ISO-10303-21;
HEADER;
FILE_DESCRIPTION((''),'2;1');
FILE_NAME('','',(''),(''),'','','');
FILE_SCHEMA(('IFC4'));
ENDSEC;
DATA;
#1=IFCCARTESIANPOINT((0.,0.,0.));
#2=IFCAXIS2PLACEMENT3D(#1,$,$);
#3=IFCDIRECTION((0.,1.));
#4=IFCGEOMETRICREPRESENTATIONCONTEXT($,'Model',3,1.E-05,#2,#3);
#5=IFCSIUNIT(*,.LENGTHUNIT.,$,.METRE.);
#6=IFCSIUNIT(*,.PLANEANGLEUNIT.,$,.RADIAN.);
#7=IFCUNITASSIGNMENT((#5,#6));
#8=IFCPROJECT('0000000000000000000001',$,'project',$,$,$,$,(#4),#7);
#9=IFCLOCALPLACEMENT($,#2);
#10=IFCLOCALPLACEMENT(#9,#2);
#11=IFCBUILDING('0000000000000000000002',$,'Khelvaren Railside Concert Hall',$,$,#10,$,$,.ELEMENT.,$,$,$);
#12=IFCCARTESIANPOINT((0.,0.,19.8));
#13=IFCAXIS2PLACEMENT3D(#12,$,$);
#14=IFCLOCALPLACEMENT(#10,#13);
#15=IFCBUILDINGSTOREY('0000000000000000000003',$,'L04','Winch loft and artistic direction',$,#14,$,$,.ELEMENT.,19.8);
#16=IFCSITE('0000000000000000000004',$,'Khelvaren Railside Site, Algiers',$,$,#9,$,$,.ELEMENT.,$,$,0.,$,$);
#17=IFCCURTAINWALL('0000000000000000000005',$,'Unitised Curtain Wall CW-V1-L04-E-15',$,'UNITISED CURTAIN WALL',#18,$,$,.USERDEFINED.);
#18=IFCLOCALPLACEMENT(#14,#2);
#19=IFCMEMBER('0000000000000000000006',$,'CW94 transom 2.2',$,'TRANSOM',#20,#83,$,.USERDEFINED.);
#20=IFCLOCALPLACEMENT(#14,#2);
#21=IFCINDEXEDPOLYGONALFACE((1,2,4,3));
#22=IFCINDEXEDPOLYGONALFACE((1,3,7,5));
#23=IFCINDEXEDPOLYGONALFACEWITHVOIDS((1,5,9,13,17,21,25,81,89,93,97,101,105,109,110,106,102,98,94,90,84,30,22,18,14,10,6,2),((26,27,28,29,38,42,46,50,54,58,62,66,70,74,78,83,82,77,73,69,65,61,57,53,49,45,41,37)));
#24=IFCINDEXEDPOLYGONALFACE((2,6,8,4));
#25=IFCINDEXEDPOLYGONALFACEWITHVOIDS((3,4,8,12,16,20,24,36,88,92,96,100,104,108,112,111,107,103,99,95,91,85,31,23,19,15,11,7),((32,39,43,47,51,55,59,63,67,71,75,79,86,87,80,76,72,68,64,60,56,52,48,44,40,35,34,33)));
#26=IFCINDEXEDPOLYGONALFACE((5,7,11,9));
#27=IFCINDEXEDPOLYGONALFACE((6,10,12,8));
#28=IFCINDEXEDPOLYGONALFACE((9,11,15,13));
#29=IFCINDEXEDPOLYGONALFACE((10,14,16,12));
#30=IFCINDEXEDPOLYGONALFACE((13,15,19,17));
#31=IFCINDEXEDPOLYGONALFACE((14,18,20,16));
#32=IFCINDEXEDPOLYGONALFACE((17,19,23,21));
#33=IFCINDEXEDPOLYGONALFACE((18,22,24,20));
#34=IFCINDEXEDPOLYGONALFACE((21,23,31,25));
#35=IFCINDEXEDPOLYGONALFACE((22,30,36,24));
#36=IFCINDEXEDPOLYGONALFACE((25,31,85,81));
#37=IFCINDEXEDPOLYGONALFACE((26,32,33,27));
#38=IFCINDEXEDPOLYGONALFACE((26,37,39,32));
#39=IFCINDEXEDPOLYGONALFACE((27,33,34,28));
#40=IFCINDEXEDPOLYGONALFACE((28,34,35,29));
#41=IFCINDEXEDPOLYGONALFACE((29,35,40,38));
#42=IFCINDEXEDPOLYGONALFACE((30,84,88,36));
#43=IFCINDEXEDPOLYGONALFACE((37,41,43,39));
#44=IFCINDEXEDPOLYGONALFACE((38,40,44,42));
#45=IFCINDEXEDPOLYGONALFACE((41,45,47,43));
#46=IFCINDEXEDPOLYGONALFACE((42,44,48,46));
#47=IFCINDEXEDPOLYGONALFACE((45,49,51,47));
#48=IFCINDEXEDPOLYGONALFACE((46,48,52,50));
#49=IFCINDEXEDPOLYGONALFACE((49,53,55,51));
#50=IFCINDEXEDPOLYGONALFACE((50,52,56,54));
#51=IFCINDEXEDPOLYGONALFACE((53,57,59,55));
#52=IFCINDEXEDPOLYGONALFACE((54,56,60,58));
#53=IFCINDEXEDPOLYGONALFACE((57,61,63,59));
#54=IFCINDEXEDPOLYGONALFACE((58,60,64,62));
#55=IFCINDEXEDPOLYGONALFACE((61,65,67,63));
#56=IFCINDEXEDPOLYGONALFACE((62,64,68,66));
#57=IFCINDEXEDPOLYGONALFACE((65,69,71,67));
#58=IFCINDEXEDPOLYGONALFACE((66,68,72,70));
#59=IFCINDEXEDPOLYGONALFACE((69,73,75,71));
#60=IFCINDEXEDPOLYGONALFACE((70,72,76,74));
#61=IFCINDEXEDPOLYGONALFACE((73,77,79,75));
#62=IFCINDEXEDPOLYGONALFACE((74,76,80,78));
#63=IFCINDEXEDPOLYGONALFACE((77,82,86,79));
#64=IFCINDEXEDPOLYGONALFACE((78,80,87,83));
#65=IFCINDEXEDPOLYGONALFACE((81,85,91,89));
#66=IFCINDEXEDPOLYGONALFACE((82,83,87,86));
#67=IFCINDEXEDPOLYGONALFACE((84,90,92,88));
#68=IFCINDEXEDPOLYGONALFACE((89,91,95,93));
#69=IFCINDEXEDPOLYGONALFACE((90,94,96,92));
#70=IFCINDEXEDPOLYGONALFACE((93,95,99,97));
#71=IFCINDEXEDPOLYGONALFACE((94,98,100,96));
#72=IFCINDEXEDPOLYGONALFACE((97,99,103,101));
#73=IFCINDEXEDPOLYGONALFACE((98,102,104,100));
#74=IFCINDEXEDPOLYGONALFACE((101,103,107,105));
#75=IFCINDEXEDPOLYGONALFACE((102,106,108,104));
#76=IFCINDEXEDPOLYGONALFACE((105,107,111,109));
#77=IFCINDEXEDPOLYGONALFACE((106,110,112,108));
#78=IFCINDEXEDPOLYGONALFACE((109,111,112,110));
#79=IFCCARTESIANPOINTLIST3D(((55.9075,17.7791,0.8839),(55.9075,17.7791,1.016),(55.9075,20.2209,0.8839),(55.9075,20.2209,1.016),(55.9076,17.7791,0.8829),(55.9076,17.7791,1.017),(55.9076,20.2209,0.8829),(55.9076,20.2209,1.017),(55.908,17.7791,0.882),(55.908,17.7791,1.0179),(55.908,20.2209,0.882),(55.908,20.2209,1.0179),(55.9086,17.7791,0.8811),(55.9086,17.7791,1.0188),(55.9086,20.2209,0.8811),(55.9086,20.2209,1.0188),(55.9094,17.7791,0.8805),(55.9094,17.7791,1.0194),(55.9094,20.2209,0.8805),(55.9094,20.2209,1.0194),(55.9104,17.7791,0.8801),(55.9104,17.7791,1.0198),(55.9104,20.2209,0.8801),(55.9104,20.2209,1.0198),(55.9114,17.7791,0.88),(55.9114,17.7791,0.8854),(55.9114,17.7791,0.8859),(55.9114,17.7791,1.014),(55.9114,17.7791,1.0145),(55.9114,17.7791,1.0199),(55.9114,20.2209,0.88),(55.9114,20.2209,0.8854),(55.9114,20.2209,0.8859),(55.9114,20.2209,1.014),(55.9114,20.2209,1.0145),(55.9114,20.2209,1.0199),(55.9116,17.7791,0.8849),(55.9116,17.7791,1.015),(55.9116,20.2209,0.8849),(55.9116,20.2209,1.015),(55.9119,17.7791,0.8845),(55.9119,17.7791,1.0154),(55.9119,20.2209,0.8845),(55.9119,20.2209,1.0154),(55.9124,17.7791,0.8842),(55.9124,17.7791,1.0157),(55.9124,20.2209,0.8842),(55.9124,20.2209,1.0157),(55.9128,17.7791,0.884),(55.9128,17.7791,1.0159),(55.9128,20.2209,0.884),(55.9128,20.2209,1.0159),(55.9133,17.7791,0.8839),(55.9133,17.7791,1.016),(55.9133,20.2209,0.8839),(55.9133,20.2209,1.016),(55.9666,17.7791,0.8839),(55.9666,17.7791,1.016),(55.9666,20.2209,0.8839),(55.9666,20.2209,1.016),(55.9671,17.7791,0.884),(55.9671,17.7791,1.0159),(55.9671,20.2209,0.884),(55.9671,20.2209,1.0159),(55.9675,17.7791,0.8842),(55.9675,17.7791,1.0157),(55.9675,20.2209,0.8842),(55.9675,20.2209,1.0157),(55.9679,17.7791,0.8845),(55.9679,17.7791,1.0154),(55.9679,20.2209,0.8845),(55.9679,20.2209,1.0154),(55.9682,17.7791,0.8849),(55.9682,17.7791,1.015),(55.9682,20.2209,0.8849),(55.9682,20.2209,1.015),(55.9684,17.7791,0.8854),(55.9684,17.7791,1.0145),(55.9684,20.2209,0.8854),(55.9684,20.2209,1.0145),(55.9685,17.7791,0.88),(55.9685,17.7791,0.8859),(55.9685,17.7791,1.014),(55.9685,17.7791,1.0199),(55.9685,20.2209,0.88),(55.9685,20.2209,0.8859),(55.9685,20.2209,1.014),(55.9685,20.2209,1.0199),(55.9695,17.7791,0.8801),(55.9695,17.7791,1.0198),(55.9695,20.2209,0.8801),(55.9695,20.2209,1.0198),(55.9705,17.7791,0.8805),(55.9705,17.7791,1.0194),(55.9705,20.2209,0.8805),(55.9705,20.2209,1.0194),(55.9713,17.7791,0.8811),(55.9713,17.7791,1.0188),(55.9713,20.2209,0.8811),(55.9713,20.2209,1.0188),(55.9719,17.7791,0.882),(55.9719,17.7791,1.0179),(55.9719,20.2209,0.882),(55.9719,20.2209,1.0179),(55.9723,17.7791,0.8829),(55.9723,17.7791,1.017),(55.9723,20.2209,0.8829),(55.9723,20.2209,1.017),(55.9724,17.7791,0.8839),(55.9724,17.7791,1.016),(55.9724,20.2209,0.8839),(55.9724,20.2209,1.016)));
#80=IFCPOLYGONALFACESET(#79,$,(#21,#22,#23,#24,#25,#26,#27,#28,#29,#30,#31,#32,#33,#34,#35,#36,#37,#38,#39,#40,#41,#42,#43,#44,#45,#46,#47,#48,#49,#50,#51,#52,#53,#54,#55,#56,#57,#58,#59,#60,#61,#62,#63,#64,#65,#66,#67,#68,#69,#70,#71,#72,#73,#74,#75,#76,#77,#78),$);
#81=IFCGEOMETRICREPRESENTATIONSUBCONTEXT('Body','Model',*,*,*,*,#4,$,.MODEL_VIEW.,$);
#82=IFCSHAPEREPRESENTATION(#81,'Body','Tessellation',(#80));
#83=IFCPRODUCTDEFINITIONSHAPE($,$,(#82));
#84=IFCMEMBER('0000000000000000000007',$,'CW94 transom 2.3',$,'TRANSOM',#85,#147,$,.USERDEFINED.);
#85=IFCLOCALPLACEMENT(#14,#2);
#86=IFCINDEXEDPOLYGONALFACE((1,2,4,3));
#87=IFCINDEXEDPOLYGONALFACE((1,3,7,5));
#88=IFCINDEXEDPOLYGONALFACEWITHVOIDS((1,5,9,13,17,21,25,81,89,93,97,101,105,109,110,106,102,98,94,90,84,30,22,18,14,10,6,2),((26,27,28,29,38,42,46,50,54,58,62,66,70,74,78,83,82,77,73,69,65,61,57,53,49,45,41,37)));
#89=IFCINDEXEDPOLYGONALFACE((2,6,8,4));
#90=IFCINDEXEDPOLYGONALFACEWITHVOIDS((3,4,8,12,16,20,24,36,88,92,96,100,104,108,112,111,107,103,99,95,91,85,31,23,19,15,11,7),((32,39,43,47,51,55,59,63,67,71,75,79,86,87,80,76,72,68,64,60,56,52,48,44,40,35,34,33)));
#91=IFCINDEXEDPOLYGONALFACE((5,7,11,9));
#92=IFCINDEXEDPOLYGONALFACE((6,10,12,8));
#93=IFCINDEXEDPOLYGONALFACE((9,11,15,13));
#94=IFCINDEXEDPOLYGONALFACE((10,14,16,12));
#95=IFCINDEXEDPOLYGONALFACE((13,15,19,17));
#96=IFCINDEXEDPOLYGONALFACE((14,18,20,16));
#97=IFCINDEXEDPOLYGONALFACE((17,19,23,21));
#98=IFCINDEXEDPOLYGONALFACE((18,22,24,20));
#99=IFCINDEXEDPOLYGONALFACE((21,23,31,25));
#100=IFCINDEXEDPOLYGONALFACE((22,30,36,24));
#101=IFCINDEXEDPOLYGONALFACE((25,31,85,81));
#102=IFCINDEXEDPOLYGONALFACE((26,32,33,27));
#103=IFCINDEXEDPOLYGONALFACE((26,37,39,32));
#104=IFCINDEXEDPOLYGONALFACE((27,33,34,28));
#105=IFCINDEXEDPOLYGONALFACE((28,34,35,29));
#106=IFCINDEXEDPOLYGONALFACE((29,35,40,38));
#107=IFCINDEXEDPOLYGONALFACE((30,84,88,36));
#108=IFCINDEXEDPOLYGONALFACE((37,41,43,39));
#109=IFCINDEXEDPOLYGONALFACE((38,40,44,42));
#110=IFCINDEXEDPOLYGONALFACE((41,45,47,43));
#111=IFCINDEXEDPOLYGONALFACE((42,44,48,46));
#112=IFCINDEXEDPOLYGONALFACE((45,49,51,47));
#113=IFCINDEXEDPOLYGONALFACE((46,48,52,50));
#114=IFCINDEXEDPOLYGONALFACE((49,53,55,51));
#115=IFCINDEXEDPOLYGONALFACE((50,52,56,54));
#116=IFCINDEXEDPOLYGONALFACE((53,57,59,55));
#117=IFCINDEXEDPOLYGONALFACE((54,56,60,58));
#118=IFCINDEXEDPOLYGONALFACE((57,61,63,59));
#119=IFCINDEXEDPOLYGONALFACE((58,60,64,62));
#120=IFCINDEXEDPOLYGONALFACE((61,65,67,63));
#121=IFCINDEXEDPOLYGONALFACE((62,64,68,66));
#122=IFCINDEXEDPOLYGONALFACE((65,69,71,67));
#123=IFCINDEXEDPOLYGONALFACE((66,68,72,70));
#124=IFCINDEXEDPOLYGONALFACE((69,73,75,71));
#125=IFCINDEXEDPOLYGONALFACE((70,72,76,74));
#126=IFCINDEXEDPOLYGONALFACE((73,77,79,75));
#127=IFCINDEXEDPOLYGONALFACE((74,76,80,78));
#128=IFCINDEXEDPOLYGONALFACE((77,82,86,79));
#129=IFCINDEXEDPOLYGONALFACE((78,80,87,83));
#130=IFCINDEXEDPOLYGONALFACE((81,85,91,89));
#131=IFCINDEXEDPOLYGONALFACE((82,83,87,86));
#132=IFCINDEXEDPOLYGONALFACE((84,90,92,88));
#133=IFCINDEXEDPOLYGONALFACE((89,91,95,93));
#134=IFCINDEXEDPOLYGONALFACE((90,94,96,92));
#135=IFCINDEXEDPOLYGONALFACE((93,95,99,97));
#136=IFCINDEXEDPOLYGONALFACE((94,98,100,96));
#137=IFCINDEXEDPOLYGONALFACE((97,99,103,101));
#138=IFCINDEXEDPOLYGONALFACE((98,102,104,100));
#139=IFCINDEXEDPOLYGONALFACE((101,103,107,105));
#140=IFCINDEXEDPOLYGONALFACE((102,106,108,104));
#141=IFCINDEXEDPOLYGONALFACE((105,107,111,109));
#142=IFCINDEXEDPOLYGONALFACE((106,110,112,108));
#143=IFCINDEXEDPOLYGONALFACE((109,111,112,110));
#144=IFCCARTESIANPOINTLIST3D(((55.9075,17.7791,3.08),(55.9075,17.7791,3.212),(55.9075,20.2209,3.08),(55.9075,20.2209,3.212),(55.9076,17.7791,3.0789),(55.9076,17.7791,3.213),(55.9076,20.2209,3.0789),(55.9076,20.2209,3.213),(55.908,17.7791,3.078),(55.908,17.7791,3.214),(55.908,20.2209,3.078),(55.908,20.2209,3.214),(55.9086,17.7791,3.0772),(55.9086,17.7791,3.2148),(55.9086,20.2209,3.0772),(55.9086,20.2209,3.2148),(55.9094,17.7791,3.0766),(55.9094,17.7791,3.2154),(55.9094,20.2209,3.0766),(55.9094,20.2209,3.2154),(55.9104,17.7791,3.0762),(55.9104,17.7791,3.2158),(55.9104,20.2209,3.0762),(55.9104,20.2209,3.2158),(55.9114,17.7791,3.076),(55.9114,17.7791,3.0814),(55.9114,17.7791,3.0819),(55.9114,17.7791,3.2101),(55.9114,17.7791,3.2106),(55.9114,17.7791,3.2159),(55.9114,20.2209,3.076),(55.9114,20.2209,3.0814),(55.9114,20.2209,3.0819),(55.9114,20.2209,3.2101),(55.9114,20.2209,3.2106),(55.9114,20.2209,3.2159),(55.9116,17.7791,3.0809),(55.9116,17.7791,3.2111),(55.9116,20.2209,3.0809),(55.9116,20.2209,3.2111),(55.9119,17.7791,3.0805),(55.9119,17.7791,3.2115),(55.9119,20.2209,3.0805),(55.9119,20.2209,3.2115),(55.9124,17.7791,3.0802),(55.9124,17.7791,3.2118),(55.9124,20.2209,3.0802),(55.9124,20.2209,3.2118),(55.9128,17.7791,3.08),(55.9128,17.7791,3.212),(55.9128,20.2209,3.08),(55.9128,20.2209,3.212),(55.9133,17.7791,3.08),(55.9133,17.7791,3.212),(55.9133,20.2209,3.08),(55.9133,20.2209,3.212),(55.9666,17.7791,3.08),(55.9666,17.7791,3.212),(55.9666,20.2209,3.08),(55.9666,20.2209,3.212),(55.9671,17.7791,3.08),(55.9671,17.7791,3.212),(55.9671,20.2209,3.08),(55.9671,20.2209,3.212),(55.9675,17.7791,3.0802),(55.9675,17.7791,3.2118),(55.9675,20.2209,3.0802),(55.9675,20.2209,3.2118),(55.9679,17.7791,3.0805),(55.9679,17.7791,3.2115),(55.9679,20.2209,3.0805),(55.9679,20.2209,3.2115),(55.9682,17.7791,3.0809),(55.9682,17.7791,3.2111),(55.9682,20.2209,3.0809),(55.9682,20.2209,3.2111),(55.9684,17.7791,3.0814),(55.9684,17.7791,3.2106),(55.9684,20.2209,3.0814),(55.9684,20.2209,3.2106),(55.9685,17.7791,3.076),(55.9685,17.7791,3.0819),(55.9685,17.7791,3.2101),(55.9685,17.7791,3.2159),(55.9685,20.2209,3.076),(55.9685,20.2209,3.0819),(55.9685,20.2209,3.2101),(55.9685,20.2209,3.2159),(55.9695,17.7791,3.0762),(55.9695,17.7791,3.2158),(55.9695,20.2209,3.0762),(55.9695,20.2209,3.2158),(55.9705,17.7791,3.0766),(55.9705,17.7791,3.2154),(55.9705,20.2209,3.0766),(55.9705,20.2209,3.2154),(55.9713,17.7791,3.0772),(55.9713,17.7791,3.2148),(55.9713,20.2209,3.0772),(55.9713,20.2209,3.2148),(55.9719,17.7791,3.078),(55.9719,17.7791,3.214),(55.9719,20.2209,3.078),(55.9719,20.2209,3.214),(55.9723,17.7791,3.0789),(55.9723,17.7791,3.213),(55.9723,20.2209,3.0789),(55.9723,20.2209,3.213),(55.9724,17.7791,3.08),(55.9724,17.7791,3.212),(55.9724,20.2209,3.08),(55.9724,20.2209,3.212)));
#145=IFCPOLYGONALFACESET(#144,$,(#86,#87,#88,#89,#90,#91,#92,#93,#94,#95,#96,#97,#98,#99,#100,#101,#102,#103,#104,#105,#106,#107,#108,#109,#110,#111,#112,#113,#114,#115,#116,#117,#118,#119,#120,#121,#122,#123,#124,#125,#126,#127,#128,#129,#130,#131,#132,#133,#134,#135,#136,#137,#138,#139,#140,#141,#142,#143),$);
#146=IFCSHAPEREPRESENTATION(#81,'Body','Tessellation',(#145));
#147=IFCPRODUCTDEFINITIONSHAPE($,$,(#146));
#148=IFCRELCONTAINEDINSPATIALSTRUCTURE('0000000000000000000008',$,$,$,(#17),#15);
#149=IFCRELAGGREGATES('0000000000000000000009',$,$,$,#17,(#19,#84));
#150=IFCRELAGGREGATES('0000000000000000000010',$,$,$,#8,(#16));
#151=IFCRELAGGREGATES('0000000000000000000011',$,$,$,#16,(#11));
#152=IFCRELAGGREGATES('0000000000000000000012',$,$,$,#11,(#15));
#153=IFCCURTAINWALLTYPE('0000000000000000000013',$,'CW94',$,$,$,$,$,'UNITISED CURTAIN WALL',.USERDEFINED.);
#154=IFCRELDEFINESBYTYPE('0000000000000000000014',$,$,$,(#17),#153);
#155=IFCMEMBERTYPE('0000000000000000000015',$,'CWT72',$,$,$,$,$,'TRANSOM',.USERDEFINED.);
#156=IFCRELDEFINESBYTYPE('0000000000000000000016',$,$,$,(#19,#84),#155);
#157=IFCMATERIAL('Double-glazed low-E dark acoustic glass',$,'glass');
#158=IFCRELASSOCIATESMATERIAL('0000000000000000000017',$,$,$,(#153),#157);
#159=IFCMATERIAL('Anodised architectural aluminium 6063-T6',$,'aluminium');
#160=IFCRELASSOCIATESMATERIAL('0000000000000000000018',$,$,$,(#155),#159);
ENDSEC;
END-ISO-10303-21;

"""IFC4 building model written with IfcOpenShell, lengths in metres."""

from ifc_helpers import new_model, si_unit, direction, frame, origin, origin_2d, place, context, subcontext, project, spatial, hollow_rectangle, extrude, material, material_profile, profile_set, type_object, element, aggregate, save


model = new_model("IFC4")

# Units and contexts
model_context = context("Model", 3, precision=1e-05, world=origin(), true_north=direction((0.0, 1.0)))
body_context = subcontext(model_context, "Body", "Model", "MODEL_VIEW")
ifc_project = project(units=[si_unit("LENGTHUNIT", "METRE"), si_unit("PLANEANGLEUNIT", "RADIAN")], contexts=[model_context])

# Site, building, storey
site_placement = place(None, origin())
site = spatial("IfcSite", under=ifc_project, at=site_placement, Name="Khelvaren Railside Site, Algiers", CompositionType="ELEMENT", RefElevation=0.0)
building_placement = place(site_placement, origin())
building = spatial("IfcBuilding", under=site, at=building_placement, Name="Khelvaren Railside Concert Hall", CompositionType="ELEMENT")
storey_placement = place(building_placement, frame((0.0, 0.0, 19.8)))
storey = spatial("IfcBuildingStorey", under=building, at=storey_placement, Name="L04", Description="Winch loft and artistic direction", CompositionType="ELEMENT", Elevation=19.8)

# Curtain wall
ifc_material_1 = material(Name="Anodised architectural aluminium 6063-T6", Category="aluminium")
ifc_material_2 = material(Name="Double-glazed low-E dark acoustic glass", Category="glass")
curtain_wall_type_1 = type_object("IfcCurtainWallType", Name="CW94", ElementType="UNITISED CURTAIN WALL", PredefinedType="USERDEFINED", material=ifc_material_2)
curtain_wall_1_placement = place(storey_placement, origin())
curtain_wall_1 = element("IfcCurtainWall", 1, at=curtain_wall_1_placement, inside=storey, type_object=curtain_wall_type_1, Name="Unitised Curtain Wall CW-V1-L04-E-15", ObjectType="UNITISED CURTAIN WALL", PredefinedType="USERDEFINED")

# Members
ifc_material_profile_1 = material_profile(ifc_material_1, hollow_rectangle(XDim=0.0649, YDim=0.1399, WallThickness=0.0039, InnerFilletRadius=0.002, OuterFilletRadius=0.0039, at=origin_2d()), Name="CWT 65x140x4")
ifc_profile_set_1 = profile_set([ifc_material_profile_1], Name="Anodised architectural aluminium 6063-T6")
member_type_1 = type_object("IfcMemberType", Name="CWT72", ElementType="TRANSOM", PredefinedType="USERDEFINED", material=ifc_profile_set_1)
member_1_placement = place(storey_placement, frame((55.9399, 20.2209, 0.95), z_axis=(0.0, -1.0, 0.0), x_axis=(1.0, 0.0, 0.0)))
member_1 = element("IfcMember", 2, at=member_1_placement, type_object=member_type_1, Name="CW94 transom 2.2", ObjectType="TRANSOM", PredefinedType="USERDEFINED", context=body_context, shape_type="SweptSolid", body=[
    extrude(hollow_rectangle(XDim=0.0649, YDim=0.1399, WallThickness=0.0039, InnerFilletRadius=0.002, OuterFilletRadius=0.0039, at=origin_2d()), origin(), (0.0, 0.0, 1.0), 2.4419),
])
member_2_placement = place(storey_placement, frame((55.9399, 20.2209, 3.146), z_axis=(0.0, -1.0, 0.0), x_axis=(1.0, 0.0, 0.0)))
member_2 = element("IfcMember", 3, at=member_2_placement, type_object=member_type_1, Name="CW94 transom 2.3", ObjectType="TRANSOM", PredefinedType="USERDEFINED", context=body_context, shape_type="SweptSolid", body=[
    extrude(hollow_rectangle(XDim=0.0649, YDim=0.1399, WallThickness=0.0039, InnerFilletRadius=0.002, OuterFilletRadius=0.0039, at=origin_2d()), origin(), (0.0, 0.0, 1.0), 2.4419),
])

aggregate(curtain_wall_1, [member_1, member_2])

save(model, "model.ifc")
